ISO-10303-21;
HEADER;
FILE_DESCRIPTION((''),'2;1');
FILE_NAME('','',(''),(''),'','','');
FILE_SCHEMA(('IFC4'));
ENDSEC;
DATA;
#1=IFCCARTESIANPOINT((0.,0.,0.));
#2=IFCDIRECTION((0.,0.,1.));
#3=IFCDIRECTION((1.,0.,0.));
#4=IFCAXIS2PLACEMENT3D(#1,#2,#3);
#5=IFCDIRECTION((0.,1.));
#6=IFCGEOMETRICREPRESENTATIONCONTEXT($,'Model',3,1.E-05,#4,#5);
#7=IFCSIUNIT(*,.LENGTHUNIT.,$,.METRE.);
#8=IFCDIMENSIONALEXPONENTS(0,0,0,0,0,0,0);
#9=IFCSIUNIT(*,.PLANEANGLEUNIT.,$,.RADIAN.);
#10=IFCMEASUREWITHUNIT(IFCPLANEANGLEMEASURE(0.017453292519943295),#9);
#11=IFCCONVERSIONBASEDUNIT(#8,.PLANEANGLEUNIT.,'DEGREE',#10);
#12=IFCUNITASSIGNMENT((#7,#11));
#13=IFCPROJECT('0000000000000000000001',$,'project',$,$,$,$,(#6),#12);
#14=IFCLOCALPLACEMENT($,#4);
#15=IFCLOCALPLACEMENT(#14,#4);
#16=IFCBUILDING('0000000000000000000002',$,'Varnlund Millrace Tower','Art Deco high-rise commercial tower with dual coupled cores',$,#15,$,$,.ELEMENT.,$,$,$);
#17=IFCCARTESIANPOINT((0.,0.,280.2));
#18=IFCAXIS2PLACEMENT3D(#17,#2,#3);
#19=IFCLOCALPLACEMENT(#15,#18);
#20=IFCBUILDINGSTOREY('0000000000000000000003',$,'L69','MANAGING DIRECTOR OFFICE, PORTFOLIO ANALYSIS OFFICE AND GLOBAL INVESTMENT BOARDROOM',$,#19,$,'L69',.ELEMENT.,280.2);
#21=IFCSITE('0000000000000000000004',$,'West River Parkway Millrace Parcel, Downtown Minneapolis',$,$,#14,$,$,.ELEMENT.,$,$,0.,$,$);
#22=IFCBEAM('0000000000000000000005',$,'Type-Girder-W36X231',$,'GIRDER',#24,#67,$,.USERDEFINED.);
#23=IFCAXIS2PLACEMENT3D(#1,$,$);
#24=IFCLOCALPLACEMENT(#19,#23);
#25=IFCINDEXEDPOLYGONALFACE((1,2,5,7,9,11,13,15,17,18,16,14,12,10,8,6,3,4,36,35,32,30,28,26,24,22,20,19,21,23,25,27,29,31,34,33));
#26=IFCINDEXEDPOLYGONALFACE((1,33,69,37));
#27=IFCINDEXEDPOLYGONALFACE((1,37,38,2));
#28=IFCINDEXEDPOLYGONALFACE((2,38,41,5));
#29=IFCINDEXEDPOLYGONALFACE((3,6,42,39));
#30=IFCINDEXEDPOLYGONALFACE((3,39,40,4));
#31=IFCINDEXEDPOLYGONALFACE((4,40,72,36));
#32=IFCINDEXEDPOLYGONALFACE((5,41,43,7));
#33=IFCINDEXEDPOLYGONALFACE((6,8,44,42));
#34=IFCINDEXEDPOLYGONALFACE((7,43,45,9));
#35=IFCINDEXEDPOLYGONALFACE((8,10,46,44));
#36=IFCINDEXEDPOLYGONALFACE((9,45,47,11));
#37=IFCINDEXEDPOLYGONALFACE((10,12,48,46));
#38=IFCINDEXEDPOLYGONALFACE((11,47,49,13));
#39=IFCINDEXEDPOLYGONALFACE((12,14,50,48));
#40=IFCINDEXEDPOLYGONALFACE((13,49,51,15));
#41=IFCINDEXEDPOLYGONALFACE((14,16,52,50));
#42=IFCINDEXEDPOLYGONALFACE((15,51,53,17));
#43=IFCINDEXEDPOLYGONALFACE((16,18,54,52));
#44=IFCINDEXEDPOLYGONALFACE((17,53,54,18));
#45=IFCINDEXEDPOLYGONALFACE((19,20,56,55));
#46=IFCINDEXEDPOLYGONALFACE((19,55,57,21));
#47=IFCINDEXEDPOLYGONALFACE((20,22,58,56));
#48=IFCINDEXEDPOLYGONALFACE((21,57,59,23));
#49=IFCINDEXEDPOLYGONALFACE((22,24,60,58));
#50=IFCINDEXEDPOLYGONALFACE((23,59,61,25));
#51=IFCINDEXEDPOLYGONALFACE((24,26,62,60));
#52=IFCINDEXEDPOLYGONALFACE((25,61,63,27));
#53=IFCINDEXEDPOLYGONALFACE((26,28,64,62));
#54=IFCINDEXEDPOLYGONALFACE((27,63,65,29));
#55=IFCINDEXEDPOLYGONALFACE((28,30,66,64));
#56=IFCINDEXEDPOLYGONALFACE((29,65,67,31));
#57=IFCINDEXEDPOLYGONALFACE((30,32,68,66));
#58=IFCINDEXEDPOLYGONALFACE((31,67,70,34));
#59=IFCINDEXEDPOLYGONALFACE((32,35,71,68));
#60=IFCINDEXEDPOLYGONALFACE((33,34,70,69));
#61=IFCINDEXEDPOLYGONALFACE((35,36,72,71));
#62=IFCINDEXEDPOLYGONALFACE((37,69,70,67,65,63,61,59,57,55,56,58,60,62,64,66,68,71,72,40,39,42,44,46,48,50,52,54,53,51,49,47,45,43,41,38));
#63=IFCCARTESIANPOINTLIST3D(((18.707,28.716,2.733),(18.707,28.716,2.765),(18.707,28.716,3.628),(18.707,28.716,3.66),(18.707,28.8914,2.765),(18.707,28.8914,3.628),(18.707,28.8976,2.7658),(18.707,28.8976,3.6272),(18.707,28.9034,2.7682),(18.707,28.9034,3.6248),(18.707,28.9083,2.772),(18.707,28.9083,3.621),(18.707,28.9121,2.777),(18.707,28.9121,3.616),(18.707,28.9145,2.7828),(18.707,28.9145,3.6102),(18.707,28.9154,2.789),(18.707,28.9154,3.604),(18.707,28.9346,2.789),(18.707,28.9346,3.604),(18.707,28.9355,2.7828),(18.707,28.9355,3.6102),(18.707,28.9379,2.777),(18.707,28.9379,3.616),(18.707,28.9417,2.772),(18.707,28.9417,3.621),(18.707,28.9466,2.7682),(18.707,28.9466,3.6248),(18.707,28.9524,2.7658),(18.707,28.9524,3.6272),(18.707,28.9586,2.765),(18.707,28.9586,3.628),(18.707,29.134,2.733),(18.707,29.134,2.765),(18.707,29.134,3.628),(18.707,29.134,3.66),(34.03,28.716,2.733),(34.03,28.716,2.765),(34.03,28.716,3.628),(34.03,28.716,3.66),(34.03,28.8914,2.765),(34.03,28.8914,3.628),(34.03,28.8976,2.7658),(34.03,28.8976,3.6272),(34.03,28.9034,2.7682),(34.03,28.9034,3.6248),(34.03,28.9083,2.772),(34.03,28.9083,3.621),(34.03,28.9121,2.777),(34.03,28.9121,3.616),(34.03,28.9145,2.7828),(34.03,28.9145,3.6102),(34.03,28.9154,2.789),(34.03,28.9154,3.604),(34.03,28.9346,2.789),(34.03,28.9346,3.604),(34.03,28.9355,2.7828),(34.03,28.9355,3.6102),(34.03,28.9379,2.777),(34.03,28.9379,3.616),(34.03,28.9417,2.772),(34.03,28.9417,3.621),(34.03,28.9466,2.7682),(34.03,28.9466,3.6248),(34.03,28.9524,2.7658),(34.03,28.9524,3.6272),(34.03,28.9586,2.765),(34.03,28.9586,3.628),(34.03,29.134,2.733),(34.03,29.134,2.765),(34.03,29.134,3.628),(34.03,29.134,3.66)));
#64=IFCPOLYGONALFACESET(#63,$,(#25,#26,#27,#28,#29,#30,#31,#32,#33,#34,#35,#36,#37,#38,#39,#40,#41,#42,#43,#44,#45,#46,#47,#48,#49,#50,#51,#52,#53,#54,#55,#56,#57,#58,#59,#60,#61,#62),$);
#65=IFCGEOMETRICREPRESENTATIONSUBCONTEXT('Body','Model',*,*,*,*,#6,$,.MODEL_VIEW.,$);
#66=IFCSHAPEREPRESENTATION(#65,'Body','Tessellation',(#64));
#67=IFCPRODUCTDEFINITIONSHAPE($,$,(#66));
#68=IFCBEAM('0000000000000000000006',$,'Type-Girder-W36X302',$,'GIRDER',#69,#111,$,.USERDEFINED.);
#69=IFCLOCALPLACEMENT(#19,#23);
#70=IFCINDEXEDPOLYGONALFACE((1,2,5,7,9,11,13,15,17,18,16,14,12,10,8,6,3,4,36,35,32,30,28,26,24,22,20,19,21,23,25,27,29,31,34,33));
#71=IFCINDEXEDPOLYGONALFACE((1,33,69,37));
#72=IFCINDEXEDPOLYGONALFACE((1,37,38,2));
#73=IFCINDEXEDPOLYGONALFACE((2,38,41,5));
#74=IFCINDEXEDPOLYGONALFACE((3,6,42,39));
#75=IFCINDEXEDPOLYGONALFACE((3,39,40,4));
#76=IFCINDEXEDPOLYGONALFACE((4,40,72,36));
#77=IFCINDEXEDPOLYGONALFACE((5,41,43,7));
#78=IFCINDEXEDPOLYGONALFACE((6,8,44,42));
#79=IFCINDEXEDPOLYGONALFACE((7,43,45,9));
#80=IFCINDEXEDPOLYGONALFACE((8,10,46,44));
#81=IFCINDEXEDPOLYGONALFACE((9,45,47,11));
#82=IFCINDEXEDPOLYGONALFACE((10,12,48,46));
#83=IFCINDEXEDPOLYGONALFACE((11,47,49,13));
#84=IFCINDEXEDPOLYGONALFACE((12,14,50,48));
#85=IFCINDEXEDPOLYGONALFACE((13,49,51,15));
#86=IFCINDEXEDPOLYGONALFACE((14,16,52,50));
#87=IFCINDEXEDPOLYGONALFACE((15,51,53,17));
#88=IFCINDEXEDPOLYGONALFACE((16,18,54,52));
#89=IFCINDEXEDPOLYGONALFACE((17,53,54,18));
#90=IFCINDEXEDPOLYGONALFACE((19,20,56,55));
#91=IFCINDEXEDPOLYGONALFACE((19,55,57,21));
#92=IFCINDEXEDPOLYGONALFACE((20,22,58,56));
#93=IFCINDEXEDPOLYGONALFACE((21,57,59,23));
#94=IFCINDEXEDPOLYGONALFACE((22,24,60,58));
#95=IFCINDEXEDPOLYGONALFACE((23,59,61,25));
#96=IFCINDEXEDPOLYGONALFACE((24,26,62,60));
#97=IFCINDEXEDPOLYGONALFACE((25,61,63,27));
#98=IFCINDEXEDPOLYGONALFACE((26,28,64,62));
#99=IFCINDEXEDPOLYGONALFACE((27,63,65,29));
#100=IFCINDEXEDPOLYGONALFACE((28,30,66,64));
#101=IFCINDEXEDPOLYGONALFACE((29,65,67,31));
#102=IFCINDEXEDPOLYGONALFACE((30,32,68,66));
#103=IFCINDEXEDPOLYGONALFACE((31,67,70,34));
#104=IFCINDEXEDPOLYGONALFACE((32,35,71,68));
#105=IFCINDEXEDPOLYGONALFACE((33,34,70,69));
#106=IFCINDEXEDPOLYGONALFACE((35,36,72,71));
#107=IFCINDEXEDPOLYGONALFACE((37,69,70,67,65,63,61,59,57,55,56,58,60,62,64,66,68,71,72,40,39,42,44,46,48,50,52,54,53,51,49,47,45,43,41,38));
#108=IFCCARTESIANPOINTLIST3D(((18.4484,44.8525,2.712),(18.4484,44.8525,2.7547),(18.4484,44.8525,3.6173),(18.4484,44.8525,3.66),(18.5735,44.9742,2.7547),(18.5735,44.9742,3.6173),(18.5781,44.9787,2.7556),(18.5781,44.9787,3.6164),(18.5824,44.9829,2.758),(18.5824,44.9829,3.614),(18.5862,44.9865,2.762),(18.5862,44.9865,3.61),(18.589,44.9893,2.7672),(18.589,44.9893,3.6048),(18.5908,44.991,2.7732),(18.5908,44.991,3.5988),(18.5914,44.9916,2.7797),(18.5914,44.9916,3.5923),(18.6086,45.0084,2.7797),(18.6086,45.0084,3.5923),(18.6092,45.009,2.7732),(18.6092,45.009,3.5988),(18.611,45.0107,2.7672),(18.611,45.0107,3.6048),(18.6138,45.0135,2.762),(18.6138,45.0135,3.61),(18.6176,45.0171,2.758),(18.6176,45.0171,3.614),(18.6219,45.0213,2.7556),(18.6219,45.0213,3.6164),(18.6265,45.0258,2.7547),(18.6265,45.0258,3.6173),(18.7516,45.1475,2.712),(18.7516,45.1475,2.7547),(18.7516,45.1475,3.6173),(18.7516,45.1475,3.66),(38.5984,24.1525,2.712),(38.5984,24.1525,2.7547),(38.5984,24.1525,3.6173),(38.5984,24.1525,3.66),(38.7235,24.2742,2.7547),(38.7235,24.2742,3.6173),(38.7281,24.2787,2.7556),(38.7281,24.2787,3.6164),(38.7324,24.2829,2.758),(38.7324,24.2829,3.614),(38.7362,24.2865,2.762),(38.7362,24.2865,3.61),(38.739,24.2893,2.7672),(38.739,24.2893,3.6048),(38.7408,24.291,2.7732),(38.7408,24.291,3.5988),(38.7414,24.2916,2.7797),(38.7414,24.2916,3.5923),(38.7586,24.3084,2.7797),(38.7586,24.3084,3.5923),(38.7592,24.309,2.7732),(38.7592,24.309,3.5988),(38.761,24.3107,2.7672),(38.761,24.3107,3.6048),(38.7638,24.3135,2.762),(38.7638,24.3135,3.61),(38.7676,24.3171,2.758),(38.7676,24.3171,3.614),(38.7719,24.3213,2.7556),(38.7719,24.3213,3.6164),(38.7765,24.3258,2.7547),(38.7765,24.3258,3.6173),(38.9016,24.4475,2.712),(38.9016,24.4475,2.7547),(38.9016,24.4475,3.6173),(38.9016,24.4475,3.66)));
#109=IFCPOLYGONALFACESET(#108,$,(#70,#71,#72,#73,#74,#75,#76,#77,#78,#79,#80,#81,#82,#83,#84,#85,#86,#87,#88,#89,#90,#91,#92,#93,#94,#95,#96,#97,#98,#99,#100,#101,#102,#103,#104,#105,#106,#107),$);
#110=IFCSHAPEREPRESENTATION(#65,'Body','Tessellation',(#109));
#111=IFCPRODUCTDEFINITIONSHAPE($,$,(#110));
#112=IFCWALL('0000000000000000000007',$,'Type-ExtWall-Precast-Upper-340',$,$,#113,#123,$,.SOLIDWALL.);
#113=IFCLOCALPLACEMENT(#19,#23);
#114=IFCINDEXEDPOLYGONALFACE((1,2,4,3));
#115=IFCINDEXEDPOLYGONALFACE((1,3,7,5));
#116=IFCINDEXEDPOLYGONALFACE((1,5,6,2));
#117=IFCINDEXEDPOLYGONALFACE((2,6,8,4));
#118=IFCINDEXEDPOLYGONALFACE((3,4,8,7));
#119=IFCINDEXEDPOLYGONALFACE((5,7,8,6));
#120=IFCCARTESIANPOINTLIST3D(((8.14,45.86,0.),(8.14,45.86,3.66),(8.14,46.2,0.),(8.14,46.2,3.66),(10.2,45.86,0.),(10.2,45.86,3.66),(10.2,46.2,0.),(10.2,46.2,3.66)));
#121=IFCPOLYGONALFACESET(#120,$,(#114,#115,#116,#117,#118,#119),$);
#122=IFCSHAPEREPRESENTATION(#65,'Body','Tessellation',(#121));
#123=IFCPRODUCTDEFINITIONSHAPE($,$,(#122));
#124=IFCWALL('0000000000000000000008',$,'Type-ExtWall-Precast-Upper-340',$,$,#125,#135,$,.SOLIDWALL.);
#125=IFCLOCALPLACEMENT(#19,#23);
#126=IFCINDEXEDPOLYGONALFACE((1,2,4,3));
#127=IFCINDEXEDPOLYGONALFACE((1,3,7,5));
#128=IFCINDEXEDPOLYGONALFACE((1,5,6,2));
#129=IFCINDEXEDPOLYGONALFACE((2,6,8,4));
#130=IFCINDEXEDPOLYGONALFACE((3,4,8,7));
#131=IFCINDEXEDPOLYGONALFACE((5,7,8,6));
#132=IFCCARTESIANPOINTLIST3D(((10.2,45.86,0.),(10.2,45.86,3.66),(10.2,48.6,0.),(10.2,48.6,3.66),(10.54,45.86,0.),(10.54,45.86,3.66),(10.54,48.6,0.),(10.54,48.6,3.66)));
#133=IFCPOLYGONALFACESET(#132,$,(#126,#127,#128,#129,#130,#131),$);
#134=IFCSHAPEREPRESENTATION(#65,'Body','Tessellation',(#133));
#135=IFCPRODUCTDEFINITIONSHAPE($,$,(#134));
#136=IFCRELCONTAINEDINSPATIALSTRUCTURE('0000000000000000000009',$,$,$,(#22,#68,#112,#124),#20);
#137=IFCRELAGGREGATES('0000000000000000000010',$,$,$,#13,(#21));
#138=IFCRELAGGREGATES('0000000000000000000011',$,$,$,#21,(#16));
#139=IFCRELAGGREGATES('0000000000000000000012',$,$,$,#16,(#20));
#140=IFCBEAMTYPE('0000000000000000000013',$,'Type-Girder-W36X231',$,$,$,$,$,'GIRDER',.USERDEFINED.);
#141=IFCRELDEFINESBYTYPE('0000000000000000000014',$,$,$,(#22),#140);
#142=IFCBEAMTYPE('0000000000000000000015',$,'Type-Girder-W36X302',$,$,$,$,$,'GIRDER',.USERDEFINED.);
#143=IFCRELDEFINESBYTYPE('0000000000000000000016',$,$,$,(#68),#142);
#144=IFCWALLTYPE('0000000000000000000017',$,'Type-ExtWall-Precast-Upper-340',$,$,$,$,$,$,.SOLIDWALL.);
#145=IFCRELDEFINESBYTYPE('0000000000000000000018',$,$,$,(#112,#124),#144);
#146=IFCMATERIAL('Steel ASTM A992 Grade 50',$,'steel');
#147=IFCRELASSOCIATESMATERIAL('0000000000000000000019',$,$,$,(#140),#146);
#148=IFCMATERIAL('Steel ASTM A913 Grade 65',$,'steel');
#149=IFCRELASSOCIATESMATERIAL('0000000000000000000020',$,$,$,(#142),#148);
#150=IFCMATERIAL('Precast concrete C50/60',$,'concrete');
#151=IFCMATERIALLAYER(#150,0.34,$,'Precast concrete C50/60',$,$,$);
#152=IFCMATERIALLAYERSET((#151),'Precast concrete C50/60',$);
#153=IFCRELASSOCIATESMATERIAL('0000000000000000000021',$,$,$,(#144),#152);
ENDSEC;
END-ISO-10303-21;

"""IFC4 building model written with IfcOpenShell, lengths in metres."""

from ifc_helpers import new_model, entity, si_unit, converted_unit, direction, frame, origin_with_axes, origin_2d_with_axis, place, context, subcontext, project, spatial, polyline, i_section, outline, extrude, material, layer, layer_set, material_profile, profile_set, type_object, element, save


model = new_model("IFC4")

# Units and contexts
model_context = context("Model", 3, precision=1e-05, world=origin_with_axes(), true_north=direction((0.0, 1.0)))
body_context = subcontext(model_context, "Body", "Model", "MODEL_VIEW")
ifc_project = project(units=[si_unit("LENGTHUNIT", "METRE"), converted_unit("PLANEANGLEUNIT", "DEGREE", entity("IfcPlaneAngleMeasure", 0.017453292519943295), si_unit("PLANEANGLEUNIT", "RADIAN"), dimensions=[0, 0, 0, 0, 0, 0, 0])], contexts=[model_context])

# Site, building, storey
site_placement = place(None, origin_with_axes())
site = spatial("IfcSite", under=ifc_project, at=site_placement, Name="West River Parkway Millrace Parcel, Downtown Minneapolis", CompositionType="ELEMENT", RefElevation=0.0)
building_placement = place(site_placement, origin_with_axes())
building = spatial("IfcBuilding", under=site, at=building_placement, Name="Varnlund Millrace Tower", Description="Art Deco high-rise commercial tower with dual coupled cores", CompositionType="ELEMENT")
storey_placement = place(building_placement, frame((0.0, 0.0, 280.2), z_axis=(0.0, 0.0, 1.0), x_axis=(1.0, 0.0, 0.0)))
storey = spatial("IfcBuildingStorey", under=building, at=storey_placement, Name="L69", Description="MANAGING DIRECTOR OFFICE, PORTFOLIO ANALYSIS OFFICE AND GLOBAL INVESTMENT BOARDROOM", LongName="L69", CompositionType="ELEMENT", Elevation=280.2)

# Beams
ifc_material_1 = material(Name="Steel ASTM A992 Grade 50", Category="steel")
ifc_material_profile_1 = material_profile(ifc_material_1, i_section(OverallWidth=0.418, OverallDepth=0.927, WebThickness=0.0193, FlangeThickness=0.032, FilletRadius=0.024, at=origin_2d_with_axis()), Name="Steel ASTM A992 Grade 50")
ifc_profile_set_1 = profile_set([ifc_material_profile_1], Name="Steel ASTM A992 Grade 50")
beam_type_1 = type_object("IfcBeamType", Name="Type-Girder-W36X231", ElementType="GIRDER", PredefinedType="USERDEFINED", material=ifc_profile_set_1)
beam_1_placement = place(storey_placement, frame((18.707, 28.925, 3.1965), z_axis=(1.0, 0.0, 0.0), x_axis=(0.0, 1.0, 0.0)))
element("IfcBeam", 1, at=beam_1_placement, inside=storey, type_object=beam_type_1, Name="Type-Girder-W36X231", ObjectType="GIRDER", PredefinedType="USERDEFINED", context=body_context, shape_type="SweptSolid", body=[
    extrude(i_section(OverallWidth=0.418, OverallDepth=0.927, WebThickness=0.0193, FlangeThickness=0.032, FilletRadius=0.024, at=origin_2d_with_axis()), origin_with_axes(), (0.0, 0.0, 1.0), 15.323),
])
ifc_material_2 = material(Name="Steel ASTM A913 Grade 65", Category="steel")
ifc_material_profile_2 = material_profile(ifc_material_2, i_section(OverallWidth=0.423, OverallDepth=0.948, WebThickness=0.024, FlangeThickness=0.0427, FilletRadius=0.025, at=origin_2d_with_axis()), Name="Steel ASTM A913 Grade 65")
ifc_profile_set_2 = profile_set([ifc_material_profile_2], Name="Steel ASTM A913 Grade 65")
beam_type_2 = type_object("IfcBeamType", Name="Type-Girder-W36X302", ElementType="GIRDER", PredefinedType="USERDEFINED", material=ifc_profile_set_2)
beam_2_placement = place(storey_placement, frame((18.6, 45.0, 3.186), z_axis=(0.697523, -0.716562, 0.0), x_axis=(0.716562, 0.697523, 0.0)))
element("IfcBeam", 2, at=beam_2_placement, inside=storey, type_object=beam_type_2, Name="Type-Girder-W36X302", ObjectType="GIRDER", PredefinedType="USERDEFINED", context=body_context, shape_type="SweptSolid", body=[
    extrude(i_section(OverallWidth=0.423, OverallDepth=0.948, WebThickness=0.024, FlangeThickness=0.0427, FilletRadius=0.025, at=origin_2d_with_axis()), origin_with_axes(), (0.0, 0.0, 1.0), 28.8879),
])

# Walls
ifc_material_3 = material(Name="Precast concrete C50/60", Category="concrete")
ifc_layer_1 = layer(ifc_material_3, 0.34, Name="Precast concrete C50/60")
ifc_layer_set_1 = layer_set([ifc_layer_1], Name="Precast concrete C50/60")
wall_type_1 = type_object("IfcWallType", Name="Type-ExtWall-Precast-Upper-340", PredefinedType="SOLIDWALL", material=ifc_layer_set_1)
wall_1_placement = place(storey_placement, frame((8.14, 46.03, 0.0), z_axis=(0.0, 0.0, 1.0), x_axis=(1.0, 0.0, 0.0)))
element("IfcWall", 3, at=wall_1_placement, inside=storey, type_object=wall_type_1, Name="Type-ExtWall-Precast-Upper-340", PredefinedType="SOLIDWALL", context=body_context, shape_type="SweptSolid", body=[
    extrude(outline(polyline([(0.0, -0.17), (2.06, -0.17), (2.06, 0.17), (0.0, 0.17), (0.0, -0.17)])), origin_with_axes(), (0.0, 0.0, 1.0), 3.66),
])
wall_2_placement = place(storey_placement, frame((10.37, 45.86, 0.0), z_axis=(0.0, 0.0, 1.0), x_axis=(0.0, 1.0, 0.0)))
element("IfcWall", 4, at=wall_2_placement, inside=storey, type_object=wall_type_1, Name="Type-ExtWall-Precast-Upper-340", PredefinedType="SOLIDWALL", context=body_context, shape_type="SweptSolid", body=[
    extrude(outline(polyline([(0.0, -0.17), (2.74, -0.17), (2.74, 0.17), (0.0, 0.17), (0.0, -0.17)])), origin_with_axes(), (0.0, 0.0, 1.0), 3.66),
])

save(model, "model.ifc")
